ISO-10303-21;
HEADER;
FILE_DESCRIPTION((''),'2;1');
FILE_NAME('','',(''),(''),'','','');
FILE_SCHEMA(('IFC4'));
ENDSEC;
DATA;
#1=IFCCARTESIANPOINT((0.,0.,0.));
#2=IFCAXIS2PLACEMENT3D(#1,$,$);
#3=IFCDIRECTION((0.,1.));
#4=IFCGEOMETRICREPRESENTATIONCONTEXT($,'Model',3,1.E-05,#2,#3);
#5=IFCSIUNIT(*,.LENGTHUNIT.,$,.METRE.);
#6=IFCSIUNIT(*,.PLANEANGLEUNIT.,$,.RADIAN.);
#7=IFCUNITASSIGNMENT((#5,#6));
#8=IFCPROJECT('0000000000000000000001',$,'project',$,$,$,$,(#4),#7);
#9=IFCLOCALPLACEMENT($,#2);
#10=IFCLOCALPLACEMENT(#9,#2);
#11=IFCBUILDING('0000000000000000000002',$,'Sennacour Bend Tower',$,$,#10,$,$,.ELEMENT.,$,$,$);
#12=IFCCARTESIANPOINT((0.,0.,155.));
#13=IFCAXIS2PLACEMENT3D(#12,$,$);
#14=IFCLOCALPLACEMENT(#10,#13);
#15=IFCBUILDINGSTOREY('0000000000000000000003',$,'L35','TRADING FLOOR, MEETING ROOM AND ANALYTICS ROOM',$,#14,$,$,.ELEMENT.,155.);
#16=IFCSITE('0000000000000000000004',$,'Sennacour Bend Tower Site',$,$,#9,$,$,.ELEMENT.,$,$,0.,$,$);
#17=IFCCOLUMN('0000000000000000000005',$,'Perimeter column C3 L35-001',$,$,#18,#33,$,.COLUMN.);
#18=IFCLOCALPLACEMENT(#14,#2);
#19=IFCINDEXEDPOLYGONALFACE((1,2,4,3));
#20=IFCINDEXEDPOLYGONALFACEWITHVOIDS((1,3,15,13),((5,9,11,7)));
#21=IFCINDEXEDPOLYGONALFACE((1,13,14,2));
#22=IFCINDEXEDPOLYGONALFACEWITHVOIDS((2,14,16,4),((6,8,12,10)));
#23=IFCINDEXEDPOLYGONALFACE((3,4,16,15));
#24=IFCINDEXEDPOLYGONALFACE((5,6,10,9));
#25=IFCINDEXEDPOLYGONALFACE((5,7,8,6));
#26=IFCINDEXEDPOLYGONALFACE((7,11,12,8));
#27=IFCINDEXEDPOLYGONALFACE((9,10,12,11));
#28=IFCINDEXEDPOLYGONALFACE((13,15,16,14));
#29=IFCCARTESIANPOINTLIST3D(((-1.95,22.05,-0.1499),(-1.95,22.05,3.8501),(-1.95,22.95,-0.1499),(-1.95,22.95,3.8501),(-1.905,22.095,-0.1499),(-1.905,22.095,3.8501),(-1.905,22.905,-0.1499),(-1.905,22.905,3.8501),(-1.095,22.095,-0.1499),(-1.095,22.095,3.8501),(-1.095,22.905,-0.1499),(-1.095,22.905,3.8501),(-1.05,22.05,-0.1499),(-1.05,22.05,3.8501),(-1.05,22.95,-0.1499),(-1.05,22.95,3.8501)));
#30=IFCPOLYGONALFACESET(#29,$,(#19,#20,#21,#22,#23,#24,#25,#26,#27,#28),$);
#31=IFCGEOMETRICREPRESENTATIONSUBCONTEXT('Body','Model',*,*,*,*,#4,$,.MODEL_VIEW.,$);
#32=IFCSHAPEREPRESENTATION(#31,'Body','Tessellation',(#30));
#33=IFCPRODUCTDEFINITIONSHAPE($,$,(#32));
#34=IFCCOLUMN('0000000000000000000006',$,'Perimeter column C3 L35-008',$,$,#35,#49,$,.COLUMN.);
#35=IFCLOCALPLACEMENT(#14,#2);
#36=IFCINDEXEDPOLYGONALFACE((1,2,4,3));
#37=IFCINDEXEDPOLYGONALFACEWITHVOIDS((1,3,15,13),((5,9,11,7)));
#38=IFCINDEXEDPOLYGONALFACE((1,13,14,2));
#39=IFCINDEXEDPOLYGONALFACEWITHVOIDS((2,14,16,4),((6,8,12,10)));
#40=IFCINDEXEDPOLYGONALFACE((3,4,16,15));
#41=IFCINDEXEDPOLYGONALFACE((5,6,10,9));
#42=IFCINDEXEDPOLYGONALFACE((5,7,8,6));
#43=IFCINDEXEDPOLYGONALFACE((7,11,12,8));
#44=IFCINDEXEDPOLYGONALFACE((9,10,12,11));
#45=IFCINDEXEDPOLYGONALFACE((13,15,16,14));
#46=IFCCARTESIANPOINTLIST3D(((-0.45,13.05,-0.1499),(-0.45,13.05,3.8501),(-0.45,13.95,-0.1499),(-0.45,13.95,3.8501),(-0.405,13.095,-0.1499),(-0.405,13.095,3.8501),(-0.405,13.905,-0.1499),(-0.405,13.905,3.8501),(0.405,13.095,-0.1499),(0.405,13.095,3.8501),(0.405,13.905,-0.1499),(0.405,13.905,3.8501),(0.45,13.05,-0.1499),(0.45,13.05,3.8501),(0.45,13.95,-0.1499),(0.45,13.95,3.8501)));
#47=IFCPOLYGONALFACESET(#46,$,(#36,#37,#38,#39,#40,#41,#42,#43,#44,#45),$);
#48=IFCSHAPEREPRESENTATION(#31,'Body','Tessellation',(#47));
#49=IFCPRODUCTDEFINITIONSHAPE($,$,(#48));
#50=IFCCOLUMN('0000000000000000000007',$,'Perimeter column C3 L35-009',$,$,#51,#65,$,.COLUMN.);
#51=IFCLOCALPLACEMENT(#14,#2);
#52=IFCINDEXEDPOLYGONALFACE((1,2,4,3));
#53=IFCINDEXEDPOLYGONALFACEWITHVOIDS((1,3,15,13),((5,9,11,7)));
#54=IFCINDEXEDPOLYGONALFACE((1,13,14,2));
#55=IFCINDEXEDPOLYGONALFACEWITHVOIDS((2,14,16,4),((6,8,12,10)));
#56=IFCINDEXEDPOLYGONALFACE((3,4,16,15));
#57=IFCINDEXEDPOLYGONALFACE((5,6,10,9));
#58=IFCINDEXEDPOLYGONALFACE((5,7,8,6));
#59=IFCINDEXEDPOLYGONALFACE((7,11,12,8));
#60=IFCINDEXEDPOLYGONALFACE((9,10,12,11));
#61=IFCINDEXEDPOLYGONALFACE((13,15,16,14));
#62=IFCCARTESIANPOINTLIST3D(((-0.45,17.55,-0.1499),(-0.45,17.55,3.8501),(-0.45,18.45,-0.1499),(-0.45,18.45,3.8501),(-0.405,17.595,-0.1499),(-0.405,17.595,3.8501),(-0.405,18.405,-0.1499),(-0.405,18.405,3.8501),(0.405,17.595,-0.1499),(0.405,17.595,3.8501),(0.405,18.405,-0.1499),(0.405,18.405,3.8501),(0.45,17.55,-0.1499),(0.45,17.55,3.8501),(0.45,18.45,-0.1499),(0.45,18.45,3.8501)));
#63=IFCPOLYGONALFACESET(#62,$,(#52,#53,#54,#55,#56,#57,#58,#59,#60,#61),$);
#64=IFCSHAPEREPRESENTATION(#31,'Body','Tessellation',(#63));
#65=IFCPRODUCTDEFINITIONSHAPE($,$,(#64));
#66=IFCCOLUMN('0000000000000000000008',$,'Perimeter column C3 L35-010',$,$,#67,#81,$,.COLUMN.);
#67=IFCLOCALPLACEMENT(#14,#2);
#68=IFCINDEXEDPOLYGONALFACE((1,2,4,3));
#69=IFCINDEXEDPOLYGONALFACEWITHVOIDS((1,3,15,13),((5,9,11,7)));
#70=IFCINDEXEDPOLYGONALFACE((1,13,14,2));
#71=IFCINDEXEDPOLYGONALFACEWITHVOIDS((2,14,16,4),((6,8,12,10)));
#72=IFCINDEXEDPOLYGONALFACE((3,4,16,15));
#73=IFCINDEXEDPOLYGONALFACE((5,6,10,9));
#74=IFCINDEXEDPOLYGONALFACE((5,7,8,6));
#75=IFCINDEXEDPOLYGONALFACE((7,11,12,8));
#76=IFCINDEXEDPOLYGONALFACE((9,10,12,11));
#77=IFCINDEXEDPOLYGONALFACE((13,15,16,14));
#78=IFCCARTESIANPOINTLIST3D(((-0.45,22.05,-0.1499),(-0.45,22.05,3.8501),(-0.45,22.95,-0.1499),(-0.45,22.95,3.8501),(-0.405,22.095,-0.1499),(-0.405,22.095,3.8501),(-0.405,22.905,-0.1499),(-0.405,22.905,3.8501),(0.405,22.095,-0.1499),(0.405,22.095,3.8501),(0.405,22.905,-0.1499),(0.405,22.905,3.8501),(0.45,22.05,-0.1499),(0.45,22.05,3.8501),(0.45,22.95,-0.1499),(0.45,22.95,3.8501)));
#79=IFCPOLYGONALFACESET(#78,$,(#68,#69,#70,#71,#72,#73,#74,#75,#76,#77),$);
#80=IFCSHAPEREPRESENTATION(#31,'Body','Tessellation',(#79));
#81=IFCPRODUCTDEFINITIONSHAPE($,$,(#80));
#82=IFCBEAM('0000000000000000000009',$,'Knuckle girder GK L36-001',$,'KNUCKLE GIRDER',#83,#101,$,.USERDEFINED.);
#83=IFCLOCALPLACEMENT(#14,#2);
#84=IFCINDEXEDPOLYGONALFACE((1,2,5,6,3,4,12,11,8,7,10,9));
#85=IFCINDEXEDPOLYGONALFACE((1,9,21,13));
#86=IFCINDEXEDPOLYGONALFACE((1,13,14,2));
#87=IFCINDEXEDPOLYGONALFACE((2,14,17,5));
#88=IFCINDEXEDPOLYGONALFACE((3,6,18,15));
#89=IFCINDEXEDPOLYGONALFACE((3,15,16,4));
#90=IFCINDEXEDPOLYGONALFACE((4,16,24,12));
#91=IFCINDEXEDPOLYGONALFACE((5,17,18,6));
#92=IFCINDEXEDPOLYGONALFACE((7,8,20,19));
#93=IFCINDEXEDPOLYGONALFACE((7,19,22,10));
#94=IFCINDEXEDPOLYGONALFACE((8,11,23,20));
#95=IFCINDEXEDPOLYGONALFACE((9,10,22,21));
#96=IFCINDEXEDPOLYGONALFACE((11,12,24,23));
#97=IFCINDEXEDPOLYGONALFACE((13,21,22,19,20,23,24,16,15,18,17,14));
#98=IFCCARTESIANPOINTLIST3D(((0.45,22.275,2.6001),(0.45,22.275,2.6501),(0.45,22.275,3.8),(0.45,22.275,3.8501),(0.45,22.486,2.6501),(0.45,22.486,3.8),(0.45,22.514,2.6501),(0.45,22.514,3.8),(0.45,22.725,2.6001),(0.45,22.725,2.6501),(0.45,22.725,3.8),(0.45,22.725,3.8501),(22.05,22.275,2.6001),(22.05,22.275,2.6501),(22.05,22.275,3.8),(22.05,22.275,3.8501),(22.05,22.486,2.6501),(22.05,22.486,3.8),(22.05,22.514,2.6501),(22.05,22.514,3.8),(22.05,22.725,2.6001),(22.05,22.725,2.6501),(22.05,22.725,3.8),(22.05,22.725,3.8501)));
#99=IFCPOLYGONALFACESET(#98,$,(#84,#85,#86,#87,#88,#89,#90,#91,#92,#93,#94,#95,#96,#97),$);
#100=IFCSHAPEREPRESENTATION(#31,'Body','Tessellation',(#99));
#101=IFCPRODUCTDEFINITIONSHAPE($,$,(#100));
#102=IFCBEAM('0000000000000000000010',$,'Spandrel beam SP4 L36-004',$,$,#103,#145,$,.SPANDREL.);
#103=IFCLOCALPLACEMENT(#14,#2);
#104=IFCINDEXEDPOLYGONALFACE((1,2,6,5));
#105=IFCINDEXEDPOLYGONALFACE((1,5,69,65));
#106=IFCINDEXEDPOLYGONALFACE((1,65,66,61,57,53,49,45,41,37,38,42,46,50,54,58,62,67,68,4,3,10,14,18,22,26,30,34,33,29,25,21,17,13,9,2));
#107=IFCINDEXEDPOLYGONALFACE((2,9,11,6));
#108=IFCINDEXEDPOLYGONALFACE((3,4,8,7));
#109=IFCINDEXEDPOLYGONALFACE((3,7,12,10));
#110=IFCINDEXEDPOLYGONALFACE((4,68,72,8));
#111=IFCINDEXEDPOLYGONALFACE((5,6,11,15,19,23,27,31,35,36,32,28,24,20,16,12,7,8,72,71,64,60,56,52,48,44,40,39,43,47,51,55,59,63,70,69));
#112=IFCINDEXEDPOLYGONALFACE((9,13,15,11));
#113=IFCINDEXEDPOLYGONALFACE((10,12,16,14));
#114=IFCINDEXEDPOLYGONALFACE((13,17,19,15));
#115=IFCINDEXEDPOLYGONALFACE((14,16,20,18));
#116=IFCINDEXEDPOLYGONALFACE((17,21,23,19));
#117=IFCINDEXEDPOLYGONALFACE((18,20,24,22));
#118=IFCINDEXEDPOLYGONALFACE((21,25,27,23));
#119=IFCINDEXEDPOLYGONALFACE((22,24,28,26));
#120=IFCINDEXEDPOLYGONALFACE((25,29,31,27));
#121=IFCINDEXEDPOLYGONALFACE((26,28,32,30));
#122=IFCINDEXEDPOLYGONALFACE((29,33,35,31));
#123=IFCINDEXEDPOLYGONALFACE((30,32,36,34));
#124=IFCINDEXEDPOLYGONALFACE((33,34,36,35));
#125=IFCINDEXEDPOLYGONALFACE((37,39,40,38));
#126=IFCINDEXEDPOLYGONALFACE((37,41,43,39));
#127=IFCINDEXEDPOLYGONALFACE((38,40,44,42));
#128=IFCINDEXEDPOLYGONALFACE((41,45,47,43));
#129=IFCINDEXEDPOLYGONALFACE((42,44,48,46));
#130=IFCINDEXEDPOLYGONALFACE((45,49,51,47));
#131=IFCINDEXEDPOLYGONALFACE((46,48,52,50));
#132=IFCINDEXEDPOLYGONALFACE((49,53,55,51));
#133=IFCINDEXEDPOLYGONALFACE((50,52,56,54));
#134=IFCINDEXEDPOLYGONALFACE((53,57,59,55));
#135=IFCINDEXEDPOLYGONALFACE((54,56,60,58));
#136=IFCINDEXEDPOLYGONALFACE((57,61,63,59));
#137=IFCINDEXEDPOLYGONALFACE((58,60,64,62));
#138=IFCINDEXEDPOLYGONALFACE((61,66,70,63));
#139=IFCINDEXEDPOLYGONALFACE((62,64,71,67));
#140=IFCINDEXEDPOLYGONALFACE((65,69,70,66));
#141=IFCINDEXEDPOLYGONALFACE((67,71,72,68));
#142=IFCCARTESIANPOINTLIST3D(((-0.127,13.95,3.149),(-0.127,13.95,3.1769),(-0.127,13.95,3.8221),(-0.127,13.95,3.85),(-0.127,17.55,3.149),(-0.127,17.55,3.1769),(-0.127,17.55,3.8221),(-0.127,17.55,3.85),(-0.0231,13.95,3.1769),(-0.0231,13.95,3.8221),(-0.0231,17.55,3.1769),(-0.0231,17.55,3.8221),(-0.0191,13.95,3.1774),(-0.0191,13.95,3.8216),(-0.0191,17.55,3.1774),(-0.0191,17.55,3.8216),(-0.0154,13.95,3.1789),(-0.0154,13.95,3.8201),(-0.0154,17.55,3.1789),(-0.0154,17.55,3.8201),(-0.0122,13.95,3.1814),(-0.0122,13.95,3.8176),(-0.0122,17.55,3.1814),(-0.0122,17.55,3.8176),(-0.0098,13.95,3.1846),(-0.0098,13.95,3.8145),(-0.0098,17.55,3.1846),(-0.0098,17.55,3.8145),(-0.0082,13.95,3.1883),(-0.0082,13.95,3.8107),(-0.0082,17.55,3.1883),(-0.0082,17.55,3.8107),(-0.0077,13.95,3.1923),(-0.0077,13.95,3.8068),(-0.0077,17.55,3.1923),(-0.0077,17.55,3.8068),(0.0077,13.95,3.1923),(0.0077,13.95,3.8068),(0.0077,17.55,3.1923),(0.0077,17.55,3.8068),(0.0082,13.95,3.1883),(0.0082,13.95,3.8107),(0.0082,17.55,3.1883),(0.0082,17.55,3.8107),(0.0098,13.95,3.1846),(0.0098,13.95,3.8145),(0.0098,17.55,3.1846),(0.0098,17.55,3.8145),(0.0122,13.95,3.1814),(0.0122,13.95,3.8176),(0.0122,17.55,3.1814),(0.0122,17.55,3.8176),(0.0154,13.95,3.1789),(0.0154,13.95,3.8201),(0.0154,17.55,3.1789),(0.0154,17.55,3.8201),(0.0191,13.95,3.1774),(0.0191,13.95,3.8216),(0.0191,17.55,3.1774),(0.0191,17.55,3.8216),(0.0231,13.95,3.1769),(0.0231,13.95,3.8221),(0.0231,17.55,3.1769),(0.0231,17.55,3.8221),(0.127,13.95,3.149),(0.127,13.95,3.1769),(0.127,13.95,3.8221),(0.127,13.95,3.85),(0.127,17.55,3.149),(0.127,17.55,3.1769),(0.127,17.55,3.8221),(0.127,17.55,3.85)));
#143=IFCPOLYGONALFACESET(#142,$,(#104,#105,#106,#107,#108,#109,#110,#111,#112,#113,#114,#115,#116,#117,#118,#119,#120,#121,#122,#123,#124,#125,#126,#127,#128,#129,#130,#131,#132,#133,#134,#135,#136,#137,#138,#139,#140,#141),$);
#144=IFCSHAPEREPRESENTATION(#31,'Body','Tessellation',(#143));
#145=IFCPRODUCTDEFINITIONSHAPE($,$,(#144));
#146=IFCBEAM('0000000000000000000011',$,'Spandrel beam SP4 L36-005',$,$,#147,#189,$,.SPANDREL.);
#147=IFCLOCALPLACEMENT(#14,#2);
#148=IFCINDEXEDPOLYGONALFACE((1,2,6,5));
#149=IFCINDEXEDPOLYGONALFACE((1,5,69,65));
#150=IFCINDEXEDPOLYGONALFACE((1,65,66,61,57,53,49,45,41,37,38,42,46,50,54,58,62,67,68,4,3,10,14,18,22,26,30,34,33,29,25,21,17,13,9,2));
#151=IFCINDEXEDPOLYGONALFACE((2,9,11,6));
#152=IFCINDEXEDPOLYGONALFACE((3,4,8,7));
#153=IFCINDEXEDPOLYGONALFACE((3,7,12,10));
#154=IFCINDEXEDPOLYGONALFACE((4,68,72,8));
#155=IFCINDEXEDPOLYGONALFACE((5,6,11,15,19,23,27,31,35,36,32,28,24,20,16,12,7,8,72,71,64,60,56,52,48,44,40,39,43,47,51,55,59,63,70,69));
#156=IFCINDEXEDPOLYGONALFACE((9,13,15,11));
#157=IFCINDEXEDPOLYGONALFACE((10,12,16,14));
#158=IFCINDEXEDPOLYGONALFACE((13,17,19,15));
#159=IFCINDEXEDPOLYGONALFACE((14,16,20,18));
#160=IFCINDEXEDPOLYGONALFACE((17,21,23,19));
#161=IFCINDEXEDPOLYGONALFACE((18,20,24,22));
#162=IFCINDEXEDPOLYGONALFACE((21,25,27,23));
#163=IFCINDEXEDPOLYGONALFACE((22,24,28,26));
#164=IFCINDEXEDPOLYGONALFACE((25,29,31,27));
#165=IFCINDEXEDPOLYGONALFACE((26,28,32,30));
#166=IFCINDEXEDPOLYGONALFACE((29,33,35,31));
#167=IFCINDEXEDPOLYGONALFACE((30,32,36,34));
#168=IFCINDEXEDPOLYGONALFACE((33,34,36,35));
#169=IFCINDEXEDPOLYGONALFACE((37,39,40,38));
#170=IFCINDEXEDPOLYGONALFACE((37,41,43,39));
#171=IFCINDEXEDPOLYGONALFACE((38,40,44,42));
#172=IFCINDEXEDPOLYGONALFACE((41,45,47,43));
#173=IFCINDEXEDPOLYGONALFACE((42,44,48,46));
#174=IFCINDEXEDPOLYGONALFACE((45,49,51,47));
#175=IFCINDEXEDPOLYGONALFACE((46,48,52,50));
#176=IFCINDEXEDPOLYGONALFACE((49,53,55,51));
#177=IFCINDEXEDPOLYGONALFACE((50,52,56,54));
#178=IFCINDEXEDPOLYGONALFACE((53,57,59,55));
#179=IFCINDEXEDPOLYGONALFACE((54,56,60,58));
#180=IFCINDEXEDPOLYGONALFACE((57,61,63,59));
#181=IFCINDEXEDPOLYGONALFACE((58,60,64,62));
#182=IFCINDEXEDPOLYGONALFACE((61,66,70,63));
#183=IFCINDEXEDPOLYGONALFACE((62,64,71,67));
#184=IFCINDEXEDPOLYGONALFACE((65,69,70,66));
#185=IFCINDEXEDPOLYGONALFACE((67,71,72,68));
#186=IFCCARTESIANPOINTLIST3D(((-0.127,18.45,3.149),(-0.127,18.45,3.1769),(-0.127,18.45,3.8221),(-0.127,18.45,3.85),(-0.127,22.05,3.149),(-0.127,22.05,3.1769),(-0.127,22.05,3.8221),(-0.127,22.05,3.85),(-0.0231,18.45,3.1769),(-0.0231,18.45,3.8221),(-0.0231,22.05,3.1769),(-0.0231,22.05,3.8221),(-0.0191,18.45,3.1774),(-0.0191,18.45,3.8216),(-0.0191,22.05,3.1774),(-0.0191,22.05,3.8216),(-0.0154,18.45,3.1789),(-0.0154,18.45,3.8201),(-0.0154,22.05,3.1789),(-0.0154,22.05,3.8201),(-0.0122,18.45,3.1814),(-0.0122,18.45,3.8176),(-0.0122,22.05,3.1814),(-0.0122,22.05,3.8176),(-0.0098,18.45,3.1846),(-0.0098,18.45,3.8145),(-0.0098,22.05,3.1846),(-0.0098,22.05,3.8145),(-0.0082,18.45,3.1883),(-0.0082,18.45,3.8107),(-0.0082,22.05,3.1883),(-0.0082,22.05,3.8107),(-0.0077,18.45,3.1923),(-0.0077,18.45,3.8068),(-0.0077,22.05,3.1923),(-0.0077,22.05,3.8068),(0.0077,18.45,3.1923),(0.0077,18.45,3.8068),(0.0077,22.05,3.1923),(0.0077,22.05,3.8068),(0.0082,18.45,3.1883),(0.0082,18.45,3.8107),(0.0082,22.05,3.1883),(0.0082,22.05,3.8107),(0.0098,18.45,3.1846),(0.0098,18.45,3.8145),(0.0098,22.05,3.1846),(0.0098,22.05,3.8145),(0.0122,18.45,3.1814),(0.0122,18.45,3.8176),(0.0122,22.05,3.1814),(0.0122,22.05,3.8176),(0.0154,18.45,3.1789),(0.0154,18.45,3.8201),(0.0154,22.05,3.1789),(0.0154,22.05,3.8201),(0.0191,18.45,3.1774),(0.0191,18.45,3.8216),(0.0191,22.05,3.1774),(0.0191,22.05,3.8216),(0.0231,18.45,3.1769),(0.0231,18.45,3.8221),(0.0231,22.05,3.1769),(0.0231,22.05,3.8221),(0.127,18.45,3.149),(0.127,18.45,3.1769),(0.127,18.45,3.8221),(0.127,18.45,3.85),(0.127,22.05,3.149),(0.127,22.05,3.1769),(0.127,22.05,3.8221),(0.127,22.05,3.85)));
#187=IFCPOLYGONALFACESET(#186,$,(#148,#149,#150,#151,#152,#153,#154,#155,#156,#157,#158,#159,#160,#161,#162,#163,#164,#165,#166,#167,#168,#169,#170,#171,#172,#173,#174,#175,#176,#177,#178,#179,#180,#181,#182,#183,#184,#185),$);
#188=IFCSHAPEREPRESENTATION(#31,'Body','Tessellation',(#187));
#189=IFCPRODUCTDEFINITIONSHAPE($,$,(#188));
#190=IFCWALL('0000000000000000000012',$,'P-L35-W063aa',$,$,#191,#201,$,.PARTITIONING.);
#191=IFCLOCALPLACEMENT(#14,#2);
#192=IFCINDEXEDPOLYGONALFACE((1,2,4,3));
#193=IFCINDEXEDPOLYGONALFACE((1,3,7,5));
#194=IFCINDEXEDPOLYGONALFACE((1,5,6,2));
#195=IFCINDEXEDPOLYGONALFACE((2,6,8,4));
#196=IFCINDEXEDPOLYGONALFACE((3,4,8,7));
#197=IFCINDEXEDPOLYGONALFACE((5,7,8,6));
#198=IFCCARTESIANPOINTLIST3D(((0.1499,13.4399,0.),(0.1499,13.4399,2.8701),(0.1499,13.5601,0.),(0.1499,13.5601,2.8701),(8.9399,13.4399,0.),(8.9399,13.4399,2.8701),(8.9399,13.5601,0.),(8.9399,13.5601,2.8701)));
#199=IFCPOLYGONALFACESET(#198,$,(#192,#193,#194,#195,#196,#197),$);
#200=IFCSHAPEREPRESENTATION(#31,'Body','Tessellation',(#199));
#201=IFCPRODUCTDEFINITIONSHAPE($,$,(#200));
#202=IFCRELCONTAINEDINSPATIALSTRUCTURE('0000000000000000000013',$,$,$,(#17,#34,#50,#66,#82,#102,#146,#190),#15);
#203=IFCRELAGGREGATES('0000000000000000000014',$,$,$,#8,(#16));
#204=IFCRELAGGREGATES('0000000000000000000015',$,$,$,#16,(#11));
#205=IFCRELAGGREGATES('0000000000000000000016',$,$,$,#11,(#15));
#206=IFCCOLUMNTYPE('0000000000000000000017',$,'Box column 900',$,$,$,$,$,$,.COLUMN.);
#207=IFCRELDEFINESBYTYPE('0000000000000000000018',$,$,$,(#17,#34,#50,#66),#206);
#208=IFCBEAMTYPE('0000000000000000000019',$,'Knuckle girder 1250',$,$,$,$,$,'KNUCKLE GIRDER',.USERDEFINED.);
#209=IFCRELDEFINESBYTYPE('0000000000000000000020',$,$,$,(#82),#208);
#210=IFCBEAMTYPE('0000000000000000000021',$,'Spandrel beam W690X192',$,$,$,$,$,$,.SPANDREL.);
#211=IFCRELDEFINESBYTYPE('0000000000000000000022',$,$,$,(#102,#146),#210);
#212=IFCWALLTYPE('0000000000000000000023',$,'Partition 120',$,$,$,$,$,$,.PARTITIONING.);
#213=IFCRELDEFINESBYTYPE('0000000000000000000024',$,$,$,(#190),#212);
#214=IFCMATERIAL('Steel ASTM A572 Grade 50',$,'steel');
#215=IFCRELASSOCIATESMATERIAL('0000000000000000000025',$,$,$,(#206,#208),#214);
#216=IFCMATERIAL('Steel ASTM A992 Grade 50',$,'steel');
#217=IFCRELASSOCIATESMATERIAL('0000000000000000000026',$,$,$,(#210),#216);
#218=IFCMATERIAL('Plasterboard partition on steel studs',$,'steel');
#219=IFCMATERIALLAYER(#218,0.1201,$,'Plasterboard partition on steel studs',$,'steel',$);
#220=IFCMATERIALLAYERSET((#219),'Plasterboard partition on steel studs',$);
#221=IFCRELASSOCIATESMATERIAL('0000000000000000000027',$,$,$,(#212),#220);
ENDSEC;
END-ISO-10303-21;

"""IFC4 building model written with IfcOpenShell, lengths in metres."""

from ifc_helpers import new_model, si_unit, direction, frame, frame_2d, origin, origin_2d, place, context, subcontext, project, spatial, rectangle, hollow_rectangle, i_section, extrude, material, layer, layer_set, material_profile, profile_set, type_object, element, save


model = new_model("IFC4")

# Units and contexts
model_context = context("Model", 3, precision=1e-05, world=origin(), true_north=direction((0.0, 1.0)))
body_context = subcontext(model_context, "Body", "Model", "MODEL_VIEW")
ifc_project = project(units=[si_unit("LENGTHUNIT", "METRE"), si_unit("PLANEANGLEUNIT", "RADIAN")], contexts=[model_context])

# Site, building, storey
site_placement = place(None, origin())
site = spatial("IfcSite", under=ifc_project, at=site_placement, Name="Sennacour Bend Tower Site", CompositionType="ELEMENT", RefElevation=0.0)
building_placement = place(site_placement, origin())
building = spatial("IfcBuilding", under=site, at=building_placement, Name="Sennacour Bend Tower", CompositionType="ELEMENT")
storey_placement = place(building_placement, frame((0.0, 0.0, 155.0)))
storey = spatial("IfcBuildingStorey", under=building, at=storey_placement, Name="L35", Description="TRADING FLOOR, MEETING ROOM AND ANALYTICS ROOM", CompositionType="ELEMENT", Elevation=155.0)

# Columns
ifc_material_1 = material(Name="Steel ASTM A572 Grade 50", Category="steel")
ifc_material_profile_1 = material_profile(ifc_material_1, hollow_rectangle(XDim=0.8999, YDim=0.8999, WallThickness=0.0449, at=origin_2d()), Name="Steel ASTM A572 Grade 50", Category="steel")
ifc_profile_set_1 = profile_set([ifc_material_profile_1], Name="Steel ASTM A572 Grade 50")
column_type = type_object("IfcColumnType", Name="Box column 900", PredefinedType="COLUMN", material=ifc_profile_set_1)
for number, where, z_axis, x_axis, name in (
    (1, (-1.5, 22.5, -0.1499), (0.0, 0.0, 1.0), (1.0, 0.0, 0.0), "Perimeter column C3 L35-001"),
    (2, (0.0, 13.5, -0.1499), (0.0, 0.0, 1.0), (1.0, 0.0, 0.0), "Perimeter column C3 L35-008"),
    (3, (0.0, 18.0, -0.1499), (0.0, 0.0, 1.0), (1.0, 0.0, 0.0), "Perimeter column C3 L35-009"),
    (4, (0.0, 22.5, -0.1499), (0.0, 0.0, 1.0), (1.0, 0.0, 0.0), "Perimeter column C3 L35-010"),
):
    element("IfcColumn", number, at=place(storey_placement, frame(where, z_axis=z_axis, x_axis=x_axis)), inside=storey, type_object=column_type, Name=name, PredefinedType="COLUMN", context=body_context, shape_type="SweptSolid", body=[
        extrude(hollow_rectangle(XDim=0.8999, YDim=0.8999, WallThickness=0.0449, at=origin_2d()), origin(), (0.0, 0.0, 1.0), 4.0),
    ])

# Beams
ifc_material_profile_2 = material_profile(ifc_material_1, i_section(OverallWidth=0.45, OverallDepth=1.25, WebThickness=0.0281, FlangeThickness=0.05, at=origin_2d()), Name="Steel ASTM A572 Grade 50", Category="steel")
ifc_profile_set_2 = profile_set([ifc_material_profile_2], Name="Steel ASTM A572 Grade 50")
beam_type_1 = type_object("IfcBeamType", Name="Knuckle girder 1250", ElementType="KNUCKLE GIRDER", PredefinedType="USERDEFINED", material=ifc_profile_set_2)
beam_placement = place(storey_placement, frame((0.45, 22.5, 3.2251), z_axis=(1.0, 0.0, 0.0), x_axis=(0.0, 1.0, 0.0)))
element("IfcBeam", 5, at=beam_placement, inside=storey, type_object=beam_type_1, Name="Knuckle girder GK L36-001", ObjectType="KNUCKLE GIRDER", PredefinedType="USERDEFINED", context=body_context, shape_type="SweptSolid", body=[
    extrude(i_section(OverallWidth=0.45, OverallDepth=1.25, WebThickness=0.0281, FlangeThickness=0.05, at=origin_2d()), origin(), (0.0, 0.0, 1.0), 21.6001),
])
ifc_material_2 = material(Name="Steel ASTM A992 Grade 50", Category="steel")
ifc_material_profile_3 = material_profile(ifc_material_2, i_section(OverallWidth=0.2539, OverallDepth=0.7009, WebThickness=0.0154, FlangeThickness=0.0278, FilletRadius=0.0154, at=origin_2d()), Name="Steel ASTM A992 Grade 50", Category="steel")
ifc_profile_set_3 = profile_set([ifc_material_profile_3], Name="Steel ASTM A992 Grade 50")
beam_type_2 = type_object("IfcBeamType", Name="Spandrel beam W690X192", PredefinedType="SPANDREL", material=ifc_profile_set_3)
for number, where, z_axis, x_axis, name in (
    (6, (0.0, 13.95, 3.4995), (0.0, 1.0, 0.0), (-1.0, 0.0, 0.0), "Spandrel beam SP4 L36-004"),
    (7, (0.0, 18.45, 3.4995), (0.0, 1.0, 0.0), (-1.0, 0.0, 0.0), "Spandrel beam SP4 L36-005"),
):
    element("IfcBeam", number, at=place(storey_placement, frame(where, z_axis=z_axis, x_axis=x_axis)), inside=storey, type_object=beam_type_2, Name=name, PredefinedType="SPANDREL", context=body_context, shape_type="SweptSolid", body=[
        extrude(i_section(OverallWidth=0.2539, OverallDepth=0.7009, WebThickness=0.0154, FlangeThickness=0.0278, FilletRadius=0.0154, at=origin_2d()), origin(), (0.0, 0.0, 1.0), 3.6001),
    ])

# Wall
ifc_material_3 = material(Name="Plasterboard partition on steel studs", Category="steel")
ifc_layer_1 = layer(ifc_material_3, 0.1201, Name="Plasterboard partition on steel studs", Category="steel")
ifc_layer_set_1 = layer_set([ifc_layer_1], Name="Plasterboard partition on steel studs")
wall_type_1 = type_object("IfcWallType", Name="Partition 120", PredefinedType="PARTITIONING", material=ifc_layer_set_1)
for number, where, z_axis, x_axis, name in (
    (8, (0.1499, 13.5, 0.0), (0.0, 0.0, 1.0), (1.0, 0.0, 0.0), "P-L35-W063aa"),
):
    element("IfcWall", number, at=place(storey_placement, frame(where, z_axis=z_axis, x_axis=x_axis)), inside=storey, type_object=wall_type_1, Name=name, PredefinedType="PARTITIONING", context=body_context, shape_type="SweptSolid", body=[
        extrude(rectangle(XDim=8.79, YDim=0.1201, at=frame_2d((4.395, 0.0))), origin(), (0.0, 0.0, 1.0), 2.8701),
    ])

save(model, "model.ifc")
